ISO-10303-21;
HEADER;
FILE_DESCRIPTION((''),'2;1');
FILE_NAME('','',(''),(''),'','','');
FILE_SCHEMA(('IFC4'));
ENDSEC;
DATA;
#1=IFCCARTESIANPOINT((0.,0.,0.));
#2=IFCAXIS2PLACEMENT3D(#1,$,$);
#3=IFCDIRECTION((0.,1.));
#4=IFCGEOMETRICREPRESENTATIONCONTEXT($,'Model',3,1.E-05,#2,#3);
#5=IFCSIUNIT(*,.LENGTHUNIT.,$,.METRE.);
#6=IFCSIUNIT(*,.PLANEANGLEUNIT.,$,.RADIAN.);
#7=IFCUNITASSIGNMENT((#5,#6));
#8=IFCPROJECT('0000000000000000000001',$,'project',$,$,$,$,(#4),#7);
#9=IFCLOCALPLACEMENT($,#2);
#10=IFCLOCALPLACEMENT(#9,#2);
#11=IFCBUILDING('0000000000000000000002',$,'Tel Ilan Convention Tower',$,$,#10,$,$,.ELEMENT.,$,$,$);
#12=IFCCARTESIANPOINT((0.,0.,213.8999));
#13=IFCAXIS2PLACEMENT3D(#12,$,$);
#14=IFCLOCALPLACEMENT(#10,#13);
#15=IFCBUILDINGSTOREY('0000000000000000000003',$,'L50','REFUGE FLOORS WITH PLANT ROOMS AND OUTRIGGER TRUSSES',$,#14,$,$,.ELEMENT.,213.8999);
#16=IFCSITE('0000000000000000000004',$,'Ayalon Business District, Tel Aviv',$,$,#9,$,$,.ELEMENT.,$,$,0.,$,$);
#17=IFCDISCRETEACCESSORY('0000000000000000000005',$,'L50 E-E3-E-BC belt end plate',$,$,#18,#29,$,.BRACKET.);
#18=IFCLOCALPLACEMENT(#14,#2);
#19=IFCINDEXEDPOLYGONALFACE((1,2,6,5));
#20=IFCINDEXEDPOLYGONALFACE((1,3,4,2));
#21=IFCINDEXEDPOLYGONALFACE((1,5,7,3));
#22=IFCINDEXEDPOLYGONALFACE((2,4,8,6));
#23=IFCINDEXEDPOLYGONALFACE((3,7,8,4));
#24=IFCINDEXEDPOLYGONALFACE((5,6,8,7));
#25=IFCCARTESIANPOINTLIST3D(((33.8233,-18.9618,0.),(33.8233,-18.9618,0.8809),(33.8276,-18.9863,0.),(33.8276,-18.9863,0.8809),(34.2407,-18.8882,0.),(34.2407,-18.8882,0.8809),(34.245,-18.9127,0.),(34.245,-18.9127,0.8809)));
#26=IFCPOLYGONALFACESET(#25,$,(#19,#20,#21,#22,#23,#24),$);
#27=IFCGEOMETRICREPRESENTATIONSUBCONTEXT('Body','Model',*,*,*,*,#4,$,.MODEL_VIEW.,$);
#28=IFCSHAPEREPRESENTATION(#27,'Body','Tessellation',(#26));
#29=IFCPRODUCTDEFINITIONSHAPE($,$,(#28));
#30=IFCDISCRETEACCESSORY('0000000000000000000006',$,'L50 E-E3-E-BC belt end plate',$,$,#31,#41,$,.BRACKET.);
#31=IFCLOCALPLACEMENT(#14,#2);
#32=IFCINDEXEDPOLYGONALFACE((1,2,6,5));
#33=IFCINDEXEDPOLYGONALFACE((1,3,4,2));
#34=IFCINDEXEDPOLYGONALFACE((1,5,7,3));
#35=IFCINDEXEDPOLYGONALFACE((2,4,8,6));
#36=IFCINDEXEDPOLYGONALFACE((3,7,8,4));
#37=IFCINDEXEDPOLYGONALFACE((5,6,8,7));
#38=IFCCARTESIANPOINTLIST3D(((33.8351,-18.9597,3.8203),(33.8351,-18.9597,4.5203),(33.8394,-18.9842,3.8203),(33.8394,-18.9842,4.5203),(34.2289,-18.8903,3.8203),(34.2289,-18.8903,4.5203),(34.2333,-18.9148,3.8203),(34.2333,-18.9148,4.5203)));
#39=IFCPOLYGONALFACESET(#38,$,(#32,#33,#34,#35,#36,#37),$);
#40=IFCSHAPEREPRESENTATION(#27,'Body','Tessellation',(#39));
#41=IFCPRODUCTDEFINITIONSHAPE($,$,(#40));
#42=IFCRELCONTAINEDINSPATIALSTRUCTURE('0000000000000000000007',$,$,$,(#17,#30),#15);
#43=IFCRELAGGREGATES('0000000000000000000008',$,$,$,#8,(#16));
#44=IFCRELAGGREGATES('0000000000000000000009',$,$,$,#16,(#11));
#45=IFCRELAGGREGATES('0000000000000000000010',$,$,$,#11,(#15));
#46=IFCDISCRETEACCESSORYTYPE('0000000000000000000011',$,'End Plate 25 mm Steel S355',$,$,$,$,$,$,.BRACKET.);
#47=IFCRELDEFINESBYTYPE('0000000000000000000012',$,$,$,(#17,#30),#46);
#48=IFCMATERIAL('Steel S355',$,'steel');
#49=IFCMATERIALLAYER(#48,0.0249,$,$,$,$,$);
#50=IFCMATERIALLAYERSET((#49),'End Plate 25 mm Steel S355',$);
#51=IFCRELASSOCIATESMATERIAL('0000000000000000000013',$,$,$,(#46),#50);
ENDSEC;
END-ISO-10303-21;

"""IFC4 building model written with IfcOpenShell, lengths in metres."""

from ifc_helpers import new_model, si_unit, direction, frame, origin, origin_2d, place, context, subcontext, project, spatial, rectangle, extrude, material, layer, layer_set, type_object, element, save


model = new_model("IFC4")

# Units and contexts
model_context = context("Model", 3, precision=1e-05, world=origin(), true_north=direction((0.0, 1.0)))
body_context = subcontext(model_context, "Body", "Model", "MODEL_VIEW")
ifc_project = project(units=[si_unit("LENGTHUNIT", "METRE"), si_unit("PLANEANGLEUNIT", "RADIAN")], contexts=[model_context])

# Site, building, storey
site_placement = place(None, origin())
site = spatial("IfcSite", under=ifc_project, at=site_placement, Name="Ayalon Business District, Tel Aviv", CompositionType="ELEMENT", RefElevation=0.0)
building_placement = place(site_placement, origin())
building = spatial("IfcBuilding", under=site, at=building_placement, Name="Tel Ilan Convention Tower", CompositionType="ELEMENT")
storey_placement = place(building_placement, frame((0.0, 0.0, 213.8999)))
storey = spatial("IfcBuildingStorey", under=building, at=storey_placement, Name="L50", Description="REFUGE FLOORS WITH PLANT ROOMS AND OUTRIGGER TRUSSES", CompositionType="ELEMENT", Elevation=213.8999)

# Discrete accessories
ifc_material_1 = material(Name="Steel S355", Category="steel")
ifc_layer_1 = layer(ifc_material_1, 0.0249)
ifc_layer_set_1 = layer_set([ifc_layer_1], Name="End Plate 25 mm Steel S355")
discrete_accessory_type_1 = type_object("IfcDiscreteAccessoryType", Name="End Plate 25 mm Steel S355", PredefinedType="BRACKET", material=ifc_layer_set_1)
discrete_accessory_1_placement = place(storey_placement, frame((34.0342, -18.9373, 0.0), z_axis=(0.0, 0.0, 1.0), x_axis=(0.173648, -0.984808, 0.0)))
element("IfcDiscreteAccessory", 1, at=discrete_accessory_1_placement, inside=storey, type_object=discrete_accessory_type_1, Name="L50 E-E3-E-BC belt end plate", PredefinedType="BRACKET", context=body_context, shape_type="SweptSolid", body=[
    extrude(rectangle(XDim=0.0249, YDim=0.4238, at=origin_2d()), origin(), (0.0, 0.0, 1.0), 0.8809),
])
discrete_accessory_2_placement = place(storey_placement, frame((34.0342, -18.9373, 3.8203), z_axis=(0.0, 0.0, 1.0), x_axis=(0.173648, -0.984808, 0.0)))
element("IfcDiscreteAccessory", 2, at=discrete_accessory_2_placement, inside=storey, type_object=discrete_accessory_type_1, Name="L50 E-E3-E-BC belt end plate", PredefinedType="BRACKET", context=body_context, shape_type="SweptSolid", body=[
    extrude(rectangle(XDim=0.0249, YDim=0.3999, at=origin_2d()), origin(), (0.0, 0.0, 1.0), 0.7),
])

save(model, "model.ifc")
